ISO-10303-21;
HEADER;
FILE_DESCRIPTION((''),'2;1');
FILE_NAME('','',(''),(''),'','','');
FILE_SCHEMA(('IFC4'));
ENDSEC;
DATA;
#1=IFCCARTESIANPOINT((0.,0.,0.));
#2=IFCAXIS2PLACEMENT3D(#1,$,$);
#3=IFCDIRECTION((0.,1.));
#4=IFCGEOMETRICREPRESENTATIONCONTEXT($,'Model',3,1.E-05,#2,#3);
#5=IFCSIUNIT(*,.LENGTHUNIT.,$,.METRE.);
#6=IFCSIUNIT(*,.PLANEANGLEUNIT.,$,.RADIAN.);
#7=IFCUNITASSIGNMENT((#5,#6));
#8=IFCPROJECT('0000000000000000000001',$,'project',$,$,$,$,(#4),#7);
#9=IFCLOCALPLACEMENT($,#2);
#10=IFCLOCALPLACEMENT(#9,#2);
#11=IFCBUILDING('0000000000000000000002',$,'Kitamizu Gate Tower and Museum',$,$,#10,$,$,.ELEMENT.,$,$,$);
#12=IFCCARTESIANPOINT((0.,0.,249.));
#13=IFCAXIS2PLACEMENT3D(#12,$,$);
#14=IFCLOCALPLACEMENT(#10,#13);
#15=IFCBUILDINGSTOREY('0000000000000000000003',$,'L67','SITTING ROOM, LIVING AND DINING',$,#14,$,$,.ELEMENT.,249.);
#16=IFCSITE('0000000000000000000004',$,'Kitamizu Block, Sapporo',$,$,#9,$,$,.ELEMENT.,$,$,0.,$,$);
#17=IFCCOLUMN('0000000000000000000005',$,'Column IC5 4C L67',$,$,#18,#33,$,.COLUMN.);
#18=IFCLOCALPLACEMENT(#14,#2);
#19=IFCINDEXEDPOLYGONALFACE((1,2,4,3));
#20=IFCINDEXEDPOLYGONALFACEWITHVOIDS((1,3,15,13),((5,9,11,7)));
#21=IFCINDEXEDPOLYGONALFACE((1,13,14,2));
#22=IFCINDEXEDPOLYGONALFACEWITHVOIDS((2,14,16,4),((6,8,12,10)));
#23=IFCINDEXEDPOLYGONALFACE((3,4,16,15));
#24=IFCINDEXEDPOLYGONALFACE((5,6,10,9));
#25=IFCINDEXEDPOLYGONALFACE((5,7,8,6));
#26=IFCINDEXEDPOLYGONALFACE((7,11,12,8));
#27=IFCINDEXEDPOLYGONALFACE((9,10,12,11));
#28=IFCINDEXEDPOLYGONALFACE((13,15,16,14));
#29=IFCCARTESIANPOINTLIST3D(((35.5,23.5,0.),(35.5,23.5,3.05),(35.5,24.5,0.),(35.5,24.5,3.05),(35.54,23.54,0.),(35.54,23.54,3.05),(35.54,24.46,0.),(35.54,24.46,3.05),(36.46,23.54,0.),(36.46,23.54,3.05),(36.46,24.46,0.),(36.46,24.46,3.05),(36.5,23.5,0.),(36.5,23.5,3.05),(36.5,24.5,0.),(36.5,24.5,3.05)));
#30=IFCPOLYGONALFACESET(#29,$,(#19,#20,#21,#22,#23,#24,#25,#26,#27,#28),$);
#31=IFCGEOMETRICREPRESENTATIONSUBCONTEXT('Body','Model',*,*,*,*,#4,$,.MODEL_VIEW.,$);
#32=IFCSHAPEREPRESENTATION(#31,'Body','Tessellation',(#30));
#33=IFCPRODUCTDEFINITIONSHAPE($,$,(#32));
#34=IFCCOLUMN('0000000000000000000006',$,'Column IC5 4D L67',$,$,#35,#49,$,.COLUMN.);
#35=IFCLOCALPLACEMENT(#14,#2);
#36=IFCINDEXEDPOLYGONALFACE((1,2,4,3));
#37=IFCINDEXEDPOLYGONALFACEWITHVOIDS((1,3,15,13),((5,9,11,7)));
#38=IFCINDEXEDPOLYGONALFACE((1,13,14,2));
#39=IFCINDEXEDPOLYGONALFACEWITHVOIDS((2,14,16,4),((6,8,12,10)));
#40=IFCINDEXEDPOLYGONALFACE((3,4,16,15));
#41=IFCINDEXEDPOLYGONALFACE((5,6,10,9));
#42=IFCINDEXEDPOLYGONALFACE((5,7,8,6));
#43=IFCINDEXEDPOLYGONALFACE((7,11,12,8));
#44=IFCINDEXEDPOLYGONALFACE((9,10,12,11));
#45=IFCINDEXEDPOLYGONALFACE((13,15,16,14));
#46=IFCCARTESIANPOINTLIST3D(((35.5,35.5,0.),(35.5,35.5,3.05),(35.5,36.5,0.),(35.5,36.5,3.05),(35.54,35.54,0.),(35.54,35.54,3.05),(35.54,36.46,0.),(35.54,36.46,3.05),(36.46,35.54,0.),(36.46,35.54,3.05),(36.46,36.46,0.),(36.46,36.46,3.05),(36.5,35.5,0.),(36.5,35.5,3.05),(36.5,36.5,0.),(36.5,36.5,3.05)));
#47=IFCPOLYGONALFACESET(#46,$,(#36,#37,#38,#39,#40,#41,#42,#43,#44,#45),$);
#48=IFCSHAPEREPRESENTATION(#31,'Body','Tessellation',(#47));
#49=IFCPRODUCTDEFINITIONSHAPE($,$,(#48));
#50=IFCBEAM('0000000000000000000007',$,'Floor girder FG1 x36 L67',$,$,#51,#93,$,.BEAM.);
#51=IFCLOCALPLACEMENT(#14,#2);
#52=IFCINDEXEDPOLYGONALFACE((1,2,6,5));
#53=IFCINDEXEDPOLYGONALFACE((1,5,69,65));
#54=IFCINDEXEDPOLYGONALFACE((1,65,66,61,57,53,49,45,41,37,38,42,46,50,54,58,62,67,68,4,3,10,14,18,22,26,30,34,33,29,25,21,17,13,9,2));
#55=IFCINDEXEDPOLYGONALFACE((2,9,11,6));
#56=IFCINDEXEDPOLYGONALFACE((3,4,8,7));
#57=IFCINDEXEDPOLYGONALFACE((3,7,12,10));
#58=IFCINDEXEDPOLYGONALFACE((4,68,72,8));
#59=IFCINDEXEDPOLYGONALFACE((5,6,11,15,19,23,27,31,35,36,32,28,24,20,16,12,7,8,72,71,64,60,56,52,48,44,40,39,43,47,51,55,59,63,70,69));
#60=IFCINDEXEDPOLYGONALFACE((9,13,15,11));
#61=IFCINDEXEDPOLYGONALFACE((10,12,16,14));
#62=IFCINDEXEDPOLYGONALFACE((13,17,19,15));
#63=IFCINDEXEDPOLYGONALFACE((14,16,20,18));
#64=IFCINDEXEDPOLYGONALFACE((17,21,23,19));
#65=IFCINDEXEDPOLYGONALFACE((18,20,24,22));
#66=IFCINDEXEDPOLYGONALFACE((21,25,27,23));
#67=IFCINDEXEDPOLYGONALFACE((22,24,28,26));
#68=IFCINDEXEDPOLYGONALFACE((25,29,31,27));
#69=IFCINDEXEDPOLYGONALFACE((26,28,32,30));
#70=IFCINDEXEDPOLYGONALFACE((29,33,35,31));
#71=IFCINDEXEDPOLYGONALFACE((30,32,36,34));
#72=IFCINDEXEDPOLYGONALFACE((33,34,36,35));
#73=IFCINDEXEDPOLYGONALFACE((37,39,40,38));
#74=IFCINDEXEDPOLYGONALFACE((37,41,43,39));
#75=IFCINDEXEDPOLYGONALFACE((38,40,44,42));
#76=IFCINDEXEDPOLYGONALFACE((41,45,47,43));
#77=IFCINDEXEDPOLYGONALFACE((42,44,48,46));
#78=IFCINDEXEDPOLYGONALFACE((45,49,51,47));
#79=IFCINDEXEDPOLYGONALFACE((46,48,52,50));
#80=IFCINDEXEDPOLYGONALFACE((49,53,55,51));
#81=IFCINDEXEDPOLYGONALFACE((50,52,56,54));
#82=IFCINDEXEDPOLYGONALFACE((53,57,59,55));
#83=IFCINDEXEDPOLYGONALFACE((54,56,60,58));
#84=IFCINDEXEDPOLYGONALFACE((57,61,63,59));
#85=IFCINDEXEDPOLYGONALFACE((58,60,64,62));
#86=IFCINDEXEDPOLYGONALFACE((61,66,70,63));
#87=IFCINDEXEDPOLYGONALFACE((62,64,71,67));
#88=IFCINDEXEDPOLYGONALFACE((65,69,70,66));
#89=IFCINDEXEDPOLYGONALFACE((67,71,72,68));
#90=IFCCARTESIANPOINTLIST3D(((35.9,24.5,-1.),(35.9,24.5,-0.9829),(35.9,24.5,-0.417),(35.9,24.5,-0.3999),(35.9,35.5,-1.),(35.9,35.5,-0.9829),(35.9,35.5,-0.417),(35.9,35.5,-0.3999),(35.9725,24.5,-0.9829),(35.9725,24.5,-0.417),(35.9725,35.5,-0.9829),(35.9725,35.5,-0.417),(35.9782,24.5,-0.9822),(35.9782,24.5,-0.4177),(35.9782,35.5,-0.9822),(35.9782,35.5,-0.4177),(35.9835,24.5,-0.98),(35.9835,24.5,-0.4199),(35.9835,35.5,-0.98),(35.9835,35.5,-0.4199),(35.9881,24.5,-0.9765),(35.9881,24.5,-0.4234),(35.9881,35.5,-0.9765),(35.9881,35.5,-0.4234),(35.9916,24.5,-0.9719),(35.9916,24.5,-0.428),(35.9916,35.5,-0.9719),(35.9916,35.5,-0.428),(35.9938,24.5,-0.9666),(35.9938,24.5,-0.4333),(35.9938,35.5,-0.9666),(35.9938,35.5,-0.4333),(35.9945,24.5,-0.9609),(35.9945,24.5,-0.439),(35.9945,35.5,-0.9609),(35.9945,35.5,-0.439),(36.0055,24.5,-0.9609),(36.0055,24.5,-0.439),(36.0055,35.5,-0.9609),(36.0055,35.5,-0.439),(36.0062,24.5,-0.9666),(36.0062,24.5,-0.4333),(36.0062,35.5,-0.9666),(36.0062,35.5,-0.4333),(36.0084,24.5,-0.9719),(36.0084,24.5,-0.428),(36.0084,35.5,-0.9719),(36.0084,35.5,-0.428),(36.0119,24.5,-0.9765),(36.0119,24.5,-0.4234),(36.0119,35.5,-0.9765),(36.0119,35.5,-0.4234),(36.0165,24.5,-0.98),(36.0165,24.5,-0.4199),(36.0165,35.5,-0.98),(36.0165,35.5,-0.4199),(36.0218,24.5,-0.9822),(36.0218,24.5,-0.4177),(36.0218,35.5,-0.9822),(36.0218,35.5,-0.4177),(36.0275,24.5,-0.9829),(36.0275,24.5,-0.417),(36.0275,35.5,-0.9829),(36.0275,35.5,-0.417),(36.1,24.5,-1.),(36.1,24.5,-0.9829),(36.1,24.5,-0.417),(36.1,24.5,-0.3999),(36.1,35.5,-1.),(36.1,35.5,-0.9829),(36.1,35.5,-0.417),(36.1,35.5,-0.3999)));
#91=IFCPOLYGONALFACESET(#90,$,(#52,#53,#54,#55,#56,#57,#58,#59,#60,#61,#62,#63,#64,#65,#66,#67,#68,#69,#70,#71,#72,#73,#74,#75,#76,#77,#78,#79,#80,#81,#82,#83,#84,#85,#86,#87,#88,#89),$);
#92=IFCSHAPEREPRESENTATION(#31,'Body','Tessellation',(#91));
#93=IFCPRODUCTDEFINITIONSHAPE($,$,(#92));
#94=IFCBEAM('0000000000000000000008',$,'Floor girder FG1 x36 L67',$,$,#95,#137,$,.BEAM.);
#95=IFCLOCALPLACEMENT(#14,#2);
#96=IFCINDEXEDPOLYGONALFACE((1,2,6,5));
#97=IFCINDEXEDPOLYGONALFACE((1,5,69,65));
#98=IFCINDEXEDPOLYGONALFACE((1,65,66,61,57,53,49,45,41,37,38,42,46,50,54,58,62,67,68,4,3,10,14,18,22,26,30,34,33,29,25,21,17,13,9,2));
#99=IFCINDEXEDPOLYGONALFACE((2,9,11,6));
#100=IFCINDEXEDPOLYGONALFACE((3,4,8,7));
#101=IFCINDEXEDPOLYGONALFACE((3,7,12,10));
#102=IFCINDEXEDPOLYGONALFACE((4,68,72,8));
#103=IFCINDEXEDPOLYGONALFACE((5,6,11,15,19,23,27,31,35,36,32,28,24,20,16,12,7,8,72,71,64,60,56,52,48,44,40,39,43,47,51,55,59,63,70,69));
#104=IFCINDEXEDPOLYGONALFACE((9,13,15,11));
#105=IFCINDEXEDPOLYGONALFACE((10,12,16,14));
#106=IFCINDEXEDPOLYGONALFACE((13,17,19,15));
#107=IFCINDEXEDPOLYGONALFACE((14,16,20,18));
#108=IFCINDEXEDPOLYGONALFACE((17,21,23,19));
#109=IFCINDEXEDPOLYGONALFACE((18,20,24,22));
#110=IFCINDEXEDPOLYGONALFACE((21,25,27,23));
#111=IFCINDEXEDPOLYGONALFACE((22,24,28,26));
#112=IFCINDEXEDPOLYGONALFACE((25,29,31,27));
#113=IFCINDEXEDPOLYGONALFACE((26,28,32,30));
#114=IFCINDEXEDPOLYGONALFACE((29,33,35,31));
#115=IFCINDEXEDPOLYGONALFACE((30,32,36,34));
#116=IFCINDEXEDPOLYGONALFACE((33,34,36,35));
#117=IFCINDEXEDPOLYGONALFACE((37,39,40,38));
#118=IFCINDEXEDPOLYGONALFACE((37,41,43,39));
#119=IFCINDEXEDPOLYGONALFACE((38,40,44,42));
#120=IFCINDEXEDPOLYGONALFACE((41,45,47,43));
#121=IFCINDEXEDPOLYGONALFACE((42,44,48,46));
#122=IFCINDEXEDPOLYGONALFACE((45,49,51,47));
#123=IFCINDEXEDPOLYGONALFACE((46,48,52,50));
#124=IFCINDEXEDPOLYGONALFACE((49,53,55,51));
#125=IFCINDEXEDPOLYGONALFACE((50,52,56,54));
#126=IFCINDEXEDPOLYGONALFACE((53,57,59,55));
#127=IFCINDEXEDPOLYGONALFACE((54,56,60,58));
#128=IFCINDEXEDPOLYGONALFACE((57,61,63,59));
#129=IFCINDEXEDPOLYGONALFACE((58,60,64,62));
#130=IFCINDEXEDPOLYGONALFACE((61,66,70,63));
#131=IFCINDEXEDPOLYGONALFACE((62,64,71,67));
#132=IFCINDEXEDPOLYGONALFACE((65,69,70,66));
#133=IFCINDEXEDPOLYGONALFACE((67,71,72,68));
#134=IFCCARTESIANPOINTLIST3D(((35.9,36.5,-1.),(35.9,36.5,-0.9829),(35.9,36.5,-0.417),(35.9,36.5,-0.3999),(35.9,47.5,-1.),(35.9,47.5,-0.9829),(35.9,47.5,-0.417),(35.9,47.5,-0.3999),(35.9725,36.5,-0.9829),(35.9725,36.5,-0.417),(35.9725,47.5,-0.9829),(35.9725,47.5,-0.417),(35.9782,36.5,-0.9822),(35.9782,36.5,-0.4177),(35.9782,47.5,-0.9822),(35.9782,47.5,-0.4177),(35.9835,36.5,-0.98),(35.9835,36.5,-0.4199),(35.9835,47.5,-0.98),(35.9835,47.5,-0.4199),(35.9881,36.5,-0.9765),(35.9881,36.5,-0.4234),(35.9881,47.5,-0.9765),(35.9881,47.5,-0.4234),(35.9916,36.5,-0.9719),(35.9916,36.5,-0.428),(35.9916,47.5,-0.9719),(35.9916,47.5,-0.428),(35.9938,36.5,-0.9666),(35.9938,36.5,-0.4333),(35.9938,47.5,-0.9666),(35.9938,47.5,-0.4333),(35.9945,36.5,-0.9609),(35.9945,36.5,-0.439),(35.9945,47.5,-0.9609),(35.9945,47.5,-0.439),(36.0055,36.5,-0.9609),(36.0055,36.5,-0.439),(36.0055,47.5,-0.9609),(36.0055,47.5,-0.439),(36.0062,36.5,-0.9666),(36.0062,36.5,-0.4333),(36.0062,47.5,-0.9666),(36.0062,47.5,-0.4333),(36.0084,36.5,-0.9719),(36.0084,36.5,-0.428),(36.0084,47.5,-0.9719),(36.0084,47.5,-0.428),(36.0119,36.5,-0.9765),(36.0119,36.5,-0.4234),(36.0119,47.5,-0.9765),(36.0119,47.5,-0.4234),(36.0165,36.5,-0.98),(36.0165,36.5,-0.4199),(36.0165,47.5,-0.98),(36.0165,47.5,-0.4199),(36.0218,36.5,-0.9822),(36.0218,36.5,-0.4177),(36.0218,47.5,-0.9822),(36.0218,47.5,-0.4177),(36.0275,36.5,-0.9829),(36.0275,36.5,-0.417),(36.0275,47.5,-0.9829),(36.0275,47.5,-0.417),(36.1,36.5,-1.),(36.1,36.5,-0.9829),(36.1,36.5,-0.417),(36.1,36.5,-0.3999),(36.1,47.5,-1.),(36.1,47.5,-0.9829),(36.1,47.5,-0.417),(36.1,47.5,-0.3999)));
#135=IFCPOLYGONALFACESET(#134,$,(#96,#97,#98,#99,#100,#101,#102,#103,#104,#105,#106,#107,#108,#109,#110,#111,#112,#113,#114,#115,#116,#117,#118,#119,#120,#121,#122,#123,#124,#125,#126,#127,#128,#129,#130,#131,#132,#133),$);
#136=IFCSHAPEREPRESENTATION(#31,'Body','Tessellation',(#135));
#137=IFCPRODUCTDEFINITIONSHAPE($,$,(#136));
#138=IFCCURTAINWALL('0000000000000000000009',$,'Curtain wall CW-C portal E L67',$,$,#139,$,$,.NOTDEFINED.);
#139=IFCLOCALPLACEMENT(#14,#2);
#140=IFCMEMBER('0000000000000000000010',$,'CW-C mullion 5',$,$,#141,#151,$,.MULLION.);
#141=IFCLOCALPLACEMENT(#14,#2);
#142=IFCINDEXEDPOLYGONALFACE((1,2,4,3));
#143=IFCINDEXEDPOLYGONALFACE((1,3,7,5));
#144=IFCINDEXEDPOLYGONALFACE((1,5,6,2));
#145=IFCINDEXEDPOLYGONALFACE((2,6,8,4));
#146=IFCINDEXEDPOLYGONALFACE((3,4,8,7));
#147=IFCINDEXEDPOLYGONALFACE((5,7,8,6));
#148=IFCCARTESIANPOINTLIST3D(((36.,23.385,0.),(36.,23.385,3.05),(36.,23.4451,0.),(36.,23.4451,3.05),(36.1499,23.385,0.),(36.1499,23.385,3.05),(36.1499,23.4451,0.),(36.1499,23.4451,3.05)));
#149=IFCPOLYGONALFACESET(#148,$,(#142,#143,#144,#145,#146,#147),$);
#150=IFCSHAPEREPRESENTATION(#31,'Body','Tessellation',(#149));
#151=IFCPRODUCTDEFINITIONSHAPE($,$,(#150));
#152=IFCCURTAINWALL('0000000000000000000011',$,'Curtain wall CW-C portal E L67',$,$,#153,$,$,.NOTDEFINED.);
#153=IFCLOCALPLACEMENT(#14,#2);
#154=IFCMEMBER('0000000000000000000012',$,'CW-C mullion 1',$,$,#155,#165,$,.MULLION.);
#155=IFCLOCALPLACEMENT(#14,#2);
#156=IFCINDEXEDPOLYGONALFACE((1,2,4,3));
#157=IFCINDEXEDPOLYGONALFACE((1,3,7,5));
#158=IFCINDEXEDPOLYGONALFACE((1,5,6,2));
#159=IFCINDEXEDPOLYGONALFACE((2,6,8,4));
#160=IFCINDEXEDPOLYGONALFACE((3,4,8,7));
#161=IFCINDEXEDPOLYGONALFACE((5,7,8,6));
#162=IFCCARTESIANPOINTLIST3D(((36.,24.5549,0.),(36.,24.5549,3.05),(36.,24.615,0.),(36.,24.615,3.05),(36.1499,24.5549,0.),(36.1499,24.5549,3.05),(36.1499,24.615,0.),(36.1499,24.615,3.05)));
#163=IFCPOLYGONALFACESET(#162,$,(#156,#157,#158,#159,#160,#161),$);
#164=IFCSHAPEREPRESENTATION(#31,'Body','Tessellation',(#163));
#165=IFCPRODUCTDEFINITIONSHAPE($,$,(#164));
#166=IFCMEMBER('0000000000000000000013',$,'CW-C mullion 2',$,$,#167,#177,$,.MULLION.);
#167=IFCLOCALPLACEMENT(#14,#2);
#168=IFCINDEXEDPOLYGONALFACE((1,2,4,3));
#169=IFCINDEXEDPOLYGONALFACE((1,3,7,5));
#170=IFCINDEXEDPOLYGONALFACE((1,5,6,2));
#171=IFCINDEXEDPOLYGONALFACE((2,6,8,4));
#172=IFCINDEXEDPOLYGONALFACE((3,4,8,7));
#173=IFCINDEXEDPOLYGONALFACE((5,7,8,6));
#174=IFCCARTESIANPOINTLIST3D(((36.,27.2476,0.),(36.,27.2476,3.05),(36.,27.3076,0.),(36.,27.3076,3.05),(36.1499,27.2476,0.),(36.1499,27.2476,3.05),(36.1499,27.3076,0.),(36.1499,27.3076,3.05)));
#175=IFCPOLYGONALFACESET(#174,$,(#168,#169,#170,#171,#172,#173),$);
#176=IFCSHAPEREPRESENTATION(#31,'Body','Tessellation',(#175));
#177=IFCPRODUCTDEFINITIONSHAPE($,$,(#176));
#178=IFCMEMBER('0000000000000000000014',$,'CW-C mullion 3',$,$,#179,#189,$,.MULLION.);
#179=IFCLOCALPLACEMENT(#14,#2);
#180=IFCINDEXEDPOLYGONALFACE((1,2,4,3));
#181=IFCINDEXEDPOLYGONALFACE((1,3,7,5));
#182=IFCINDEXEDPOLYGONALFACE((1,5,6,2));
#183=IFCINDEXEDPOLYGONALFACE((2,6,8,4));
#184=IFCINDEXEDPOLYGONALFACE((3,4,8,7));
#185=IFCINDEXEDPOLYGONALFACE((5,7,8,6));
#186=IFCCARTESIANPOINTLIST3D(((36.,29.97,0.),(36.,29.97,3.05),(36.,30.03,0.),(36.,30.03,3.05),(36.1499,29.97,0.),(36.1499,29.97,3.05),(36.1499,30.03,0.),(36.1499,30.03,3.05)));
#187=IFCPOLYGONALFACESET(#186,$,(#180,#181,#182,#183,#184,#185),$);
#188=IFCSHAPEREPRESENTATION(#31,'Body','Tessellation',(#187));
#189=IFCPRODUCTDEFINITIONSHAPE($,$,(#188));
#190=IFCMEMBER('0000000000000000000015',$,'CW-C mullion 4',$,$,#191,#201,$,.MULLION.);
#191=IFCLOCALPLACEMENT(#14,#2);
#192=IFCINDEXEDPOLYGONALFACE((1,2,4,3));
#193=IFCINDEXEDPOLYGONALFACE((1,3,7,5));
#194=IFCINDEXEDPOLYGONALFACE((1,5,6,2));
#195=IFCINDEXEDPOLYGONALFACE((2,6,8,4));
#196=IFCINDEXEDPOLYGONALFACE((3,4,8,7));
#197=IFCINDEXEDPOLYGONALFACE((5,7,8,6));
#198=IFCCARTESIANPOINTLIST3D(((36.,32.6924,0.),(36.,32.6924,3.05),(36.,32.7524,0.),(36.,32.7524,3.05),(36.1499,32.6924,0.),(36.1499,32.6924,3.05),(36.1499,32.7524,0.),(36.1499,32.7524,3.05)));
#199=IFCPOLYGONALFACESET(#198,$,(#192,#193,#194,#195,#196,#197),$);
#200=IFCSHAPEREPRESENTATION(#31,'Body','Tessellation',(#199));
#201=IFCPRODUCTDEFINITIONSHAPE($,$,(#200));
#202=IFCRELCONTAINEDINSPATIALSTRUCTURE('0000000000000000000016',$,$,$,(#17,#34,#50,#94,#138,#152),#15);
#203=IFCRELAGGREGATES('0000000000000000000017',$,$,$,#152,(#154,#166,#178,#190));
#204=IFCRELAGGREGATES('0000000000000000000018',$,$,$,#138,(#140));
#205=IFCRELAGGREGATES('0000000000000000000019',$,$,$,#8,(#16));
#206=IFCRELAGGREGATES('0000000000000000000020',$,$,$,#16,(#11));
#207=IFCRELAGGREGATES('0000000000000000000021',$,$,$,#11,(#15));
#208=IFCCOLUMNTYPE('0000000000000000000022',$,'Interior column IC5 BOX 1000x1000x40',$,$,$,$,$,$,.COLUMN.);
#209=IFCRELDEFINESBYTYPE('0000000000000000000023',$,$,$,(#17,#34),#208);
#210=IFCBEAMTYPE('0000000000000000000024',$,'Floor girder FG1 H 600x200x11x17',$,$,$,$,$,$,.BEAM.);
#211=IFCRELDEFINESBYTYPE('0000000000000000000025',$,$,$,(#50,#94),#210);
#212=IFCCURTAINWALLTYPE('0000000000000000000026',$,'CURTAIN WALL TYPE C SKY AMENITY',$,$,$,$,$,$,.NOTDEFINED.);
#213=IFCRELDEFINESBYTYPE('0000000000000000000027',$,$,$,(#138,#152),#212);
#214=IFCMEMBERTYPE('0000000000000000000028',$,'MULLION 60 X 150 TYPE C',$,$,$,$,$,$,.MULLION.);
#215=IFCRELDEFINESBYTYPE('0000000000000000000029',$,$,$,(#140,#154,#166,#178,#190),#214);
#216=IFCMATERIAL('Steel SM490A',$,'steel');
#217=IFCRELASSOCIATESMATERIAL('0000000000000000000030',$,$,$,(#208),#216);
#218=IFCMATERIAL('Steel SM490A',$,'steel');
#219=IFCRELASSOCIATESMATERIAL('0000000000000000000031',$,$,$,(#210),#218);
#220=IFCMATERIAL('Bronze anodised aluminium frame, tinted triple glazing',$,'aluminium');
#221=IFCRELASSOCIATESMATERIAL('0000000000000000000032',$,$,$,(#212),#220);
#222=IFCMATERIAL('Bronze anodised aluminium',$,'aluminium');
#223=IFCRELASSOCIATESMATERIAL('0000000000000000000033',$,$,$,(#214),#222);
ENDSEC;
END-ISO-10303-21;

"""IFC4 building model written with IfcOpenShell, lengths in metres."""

from ifc_helpers import new_model, si_unit, direction, frame, origin, origin_2d, place, context, subcontext, project, spatial, rectangle, hollow_rectangle, i_section, extrude, material, material_profile, profile_set, type_object, element, aggregate, save


model = new_model("IFC4")

# Units and contexts
model_context = context("Model", 3, precision=1e-05, world=origin(), true_north=direction((0.0, 1.0)))
body_context = subcontext(model_context, "Body", "Model", "MODEL_VIEW")
ifc_project = project(units=[si_unit("LENGTHUNIT", "METRE"), si_unit("PLANEANGLEUNIT", "RADIAN")], contexts=[model_context])

# Site, building, storey
site_placement = place(None, origin())
site = spatial("IfcSite", under=ifc_project, at=site_placement, Name="Kitamizu Block, Sapporo", CompositionType="ELEMENT", RefElevation=0.0)
building_placement = place(site_placement, origin())
building = spatial("IfcBuilding", under=site, at=building_placement, Name="Kitamizu Gate Tower and Museum", CompositionType="ELEMENT")
storey_placement = place(building_placement, frame((0.0, 0.0, 249.0)))
storey = spatial("IfcBuildingStorey", under=building, at=storey_placement, Name="L67", Description="SITTING ROOM, LIVING AND DINING", CompositionType="ELEMENT", Elevation=249.0)

# Columns
ifc_material_1 = material(Name="Steel SM490A", Category="steel")
ifc_material_profile_1 = material_profile(ifc_material_1, hollow_rectangle(XDim=1.0, YDim=1.0, WallThickness=0.04, at=origin_2d()), Name="BOX 1000x1000x40")
ifc_profile_set_1 = profile_set([ifc_material_profile_1], Name="Steel SM490A")
column_type = type_object("IfcColumnType", Name="Interior column IC5 BOX 1000x1000x40", PredefinedType="COLUMN", material=ifc_profile_set_1)
for number, where, z_axis, x_axis, name in (
    (1, (36.0, 24.0, 0.0), (0.0, 0.0, 1.0), (1.0, 0.0, 0.0), "Column IC5 4C L67"),
    (2, (36.0, 36.0, 0.0), (0.0, 0.0, 1.0), (1.0, 0.0, 0.0), "Column IC5 4D L67"),
):
    element("IfcColumn", number, at=place(storey_placement, frame(where, z_axis=z_axis, x_axis=x_axis)), inside=storey, type_object=column_type, Name=name, PredefinedType="COLUMN", context=body_context, shape_type="SweptSolid", body=[
        extrude(hollow_rectangle(XDim=1.0, YDim=1.0, WallThickness=0.04, at=origin_2d()), origin(), (0.0, 0.0, 1.0), 3.05),
    ])

# Beams
ifc_material_2 = material(Name="Steel SM490A", Category="steel")
ifc_material_profile_2 = material_profile(ifc_material_2, i_section(OverallWidth=0.2, OverallDepth=0.6001, WebThickness=0.011, FlangeThickness=0.0171, FilletRadius=0.022, at=origin_2d()), Name="H-600x200x11x17")
ifc_profile_set_2 = profile_set([ifc_material_profile_2], Name="Steel SM490A")
beam_type_1 = type_object("IfcBeamType", Name="Floor girder FG1 H 600x200x11x17", PredefinedType="BEAM", material=ifc_profile_set_2)
for number, where, z_axis, x_axis, name in (
    (3, (36.0, 24.5, -0.7), (0.0, 1.0, 0.0), (-1.0, 0.0, 0.0), "Floor girder FG1 x36 L67"),
    (4, (36.0, 36.5, -0.7), (0.0, 1.0, 0.0), (-1.0, 0.0, 0.0), "Floor girder FG1 x36 L67"),
):
    element("IfcBeam", number, at=place(storey_placement, frame(where, z_axis=z_axis, x_axis=x_axis)), inside=storey, type_object=beam_type_1, Name=name, PredefinedType="BEAM", context=body_context, shape_type="SweptSolid", body=[
        extrude(i_section(OverallWidth=0.2, OverallDepth=0.6001, WebThickness=0.011, FlangeThickness=0.0171, FilletRadius=0.022, at=origin_2d()), origin(), (0.0, 0.0, 1.0), 11.0),
    ])

# Curtain wall, member
ifc_material_3 = material(Name="Bronze anodised aluminium frame, tinted triple glazing", Category="aluminium")
curtain_wall_type = type_object("IfcCurtainWallType", Name="CURTAIN WALL TYPE C SKY AMENITY", PredefinedType="NOTDEFINED", material=ifc_material_3)
curtain_wall_1_placement = place(storey_placement, origin())
curtain_wall_1 = element("IfcCurtainWall", 5, at=curtain_wall_1_placement, inside=storey, type_object=curtain_wall_type, Name="Curtain wall CW-C portal E L67", PredefinedType="NOTDEFINED")
ifc_material_4 = material(Name="Bronze anodised aluminium", Category="aluminium")
ifc_material_profile_3 = material_profile(ifc_material_4, rectangle(XDim=0.0601, YDim=0.1499, at=origin_2d()), Name="AL 60X150")
ifc_profile_set_3 = profile_set([ifc_material_profile_3], Name="Bronze anodised aluminium")
member_type_1 = type_object("IfcMemberType", Name="MULLION 60 X 150 TYPE C", PredefinedType="MULLION", material=ifc_profile_set_3)
member_1_placement = place(storey_placement, frame((36.075, 23.415, 0.0), z_axis=(0.0, 0.0, 1.0), x_axis=(0.0, 1.0, 0.0)))
member_1 = element("IfcMember", 6, at=member_1_placement, type_object=member_type_1, Name="CW-C mullion 5", PredefinedType="MULLION", context=body_context, shape_type="SweptSolid", body=[
    extrude(rectangle(XDim=0.0601, YDim=0.1499, at=origin_2d()), origin(), (0.0, 0.0, 1.0), 3.05),
])

# Curtain wall, members
curtain_wall_2_placement = place(storey_placement, origin())
curtain_wall_2 = element("IfcCurtainWall", 7, at=curtain_wall_2_placement, inside=storey, type_object=curtain_wall_type, Name="Curtain wall CW-C portal E L67", PredefinedType="NOTDEFINED")
member_2_placement = place(storey_placement, frame((36.075, 24.585, 0.0), z_axis=(0.0, 0.0, 1.0), x_axis=(0.0, 1.0, 0.0)))
member_2 = element("IfcMember", 8, at=member_2_placement, type_object=member_type_1, Name="CW-C mullion 1", PredefinedType="MULLION", context=body_context, shape_type="SweptSolid", body=[
    extrude(rectangle(XDim=0.0601, YDim=0.1499, at=origin_2d()), origin(), (0.0, 0.0, 1.0), 3.05),
])
member_3_placement = place(storey_placement, frame((36.075, 27.2776, 0.0), z_axis=(0.0, 0.0, 1.0), x_axis=(0.0, 1.0, 0.0)))
member_3 = element("IfcMember", 9, at=member_3_placement, type_object=member_type_1, Name="CW-C mullion 2", PredefinedType="MULLION", context=body_context, shape_type="SweptSolid", body=[
    extrude(rectangle(XDim=0.0601, YDim=0.1499, at=origin_2d()), origin(), (0.0, 0.0, 1.0), 3.05),
])
member_4_placement = place(storey_placement, frame((36.075, 30.0, 0.0), z_axis=(0.0, 0.0, 1.0), x_axis=(0.0, 1.0, 0.0)))
member_4 = element("IfcMember", 10, at=member_4_placement, type_object=member_type_1, Name="CW-C mullion 3", PredefinedType="MULLION", context=body_context, shape_type="SweptSolid", body=[
    extrude(rectangle(XDim=0.0601, YDim=0.1499, at=origin_2d()), origin(), (0.0, 0.0, 1.0), 3.05),
])
member_5_placement = place(storey_placement, frame((36.075, 32.7224, 0.0), z_axis=(0.0, 0.0, 1.0), x_axis=(0.0, 1.0, 0.0)))
member_5 = element("IfcMember", 11, at=member_5_placement, type_object=member_type_1, Name="CW-C mullion 4", PredefinedType="MULLION", context=body_context, shape_type="SweptSolid", body=[
    extrude(rectangle(XDim=0.0601, YDim=0.1499, at=origin_2d()), origin(), (0.0, 0.0, 1.0), 3.05),
])

aggregate(curtain_wall_2, [member_2, member_3, member_4, member_5])

aggregate(curtain_wall_1, [member_1])

save(model, "model.ifc")
